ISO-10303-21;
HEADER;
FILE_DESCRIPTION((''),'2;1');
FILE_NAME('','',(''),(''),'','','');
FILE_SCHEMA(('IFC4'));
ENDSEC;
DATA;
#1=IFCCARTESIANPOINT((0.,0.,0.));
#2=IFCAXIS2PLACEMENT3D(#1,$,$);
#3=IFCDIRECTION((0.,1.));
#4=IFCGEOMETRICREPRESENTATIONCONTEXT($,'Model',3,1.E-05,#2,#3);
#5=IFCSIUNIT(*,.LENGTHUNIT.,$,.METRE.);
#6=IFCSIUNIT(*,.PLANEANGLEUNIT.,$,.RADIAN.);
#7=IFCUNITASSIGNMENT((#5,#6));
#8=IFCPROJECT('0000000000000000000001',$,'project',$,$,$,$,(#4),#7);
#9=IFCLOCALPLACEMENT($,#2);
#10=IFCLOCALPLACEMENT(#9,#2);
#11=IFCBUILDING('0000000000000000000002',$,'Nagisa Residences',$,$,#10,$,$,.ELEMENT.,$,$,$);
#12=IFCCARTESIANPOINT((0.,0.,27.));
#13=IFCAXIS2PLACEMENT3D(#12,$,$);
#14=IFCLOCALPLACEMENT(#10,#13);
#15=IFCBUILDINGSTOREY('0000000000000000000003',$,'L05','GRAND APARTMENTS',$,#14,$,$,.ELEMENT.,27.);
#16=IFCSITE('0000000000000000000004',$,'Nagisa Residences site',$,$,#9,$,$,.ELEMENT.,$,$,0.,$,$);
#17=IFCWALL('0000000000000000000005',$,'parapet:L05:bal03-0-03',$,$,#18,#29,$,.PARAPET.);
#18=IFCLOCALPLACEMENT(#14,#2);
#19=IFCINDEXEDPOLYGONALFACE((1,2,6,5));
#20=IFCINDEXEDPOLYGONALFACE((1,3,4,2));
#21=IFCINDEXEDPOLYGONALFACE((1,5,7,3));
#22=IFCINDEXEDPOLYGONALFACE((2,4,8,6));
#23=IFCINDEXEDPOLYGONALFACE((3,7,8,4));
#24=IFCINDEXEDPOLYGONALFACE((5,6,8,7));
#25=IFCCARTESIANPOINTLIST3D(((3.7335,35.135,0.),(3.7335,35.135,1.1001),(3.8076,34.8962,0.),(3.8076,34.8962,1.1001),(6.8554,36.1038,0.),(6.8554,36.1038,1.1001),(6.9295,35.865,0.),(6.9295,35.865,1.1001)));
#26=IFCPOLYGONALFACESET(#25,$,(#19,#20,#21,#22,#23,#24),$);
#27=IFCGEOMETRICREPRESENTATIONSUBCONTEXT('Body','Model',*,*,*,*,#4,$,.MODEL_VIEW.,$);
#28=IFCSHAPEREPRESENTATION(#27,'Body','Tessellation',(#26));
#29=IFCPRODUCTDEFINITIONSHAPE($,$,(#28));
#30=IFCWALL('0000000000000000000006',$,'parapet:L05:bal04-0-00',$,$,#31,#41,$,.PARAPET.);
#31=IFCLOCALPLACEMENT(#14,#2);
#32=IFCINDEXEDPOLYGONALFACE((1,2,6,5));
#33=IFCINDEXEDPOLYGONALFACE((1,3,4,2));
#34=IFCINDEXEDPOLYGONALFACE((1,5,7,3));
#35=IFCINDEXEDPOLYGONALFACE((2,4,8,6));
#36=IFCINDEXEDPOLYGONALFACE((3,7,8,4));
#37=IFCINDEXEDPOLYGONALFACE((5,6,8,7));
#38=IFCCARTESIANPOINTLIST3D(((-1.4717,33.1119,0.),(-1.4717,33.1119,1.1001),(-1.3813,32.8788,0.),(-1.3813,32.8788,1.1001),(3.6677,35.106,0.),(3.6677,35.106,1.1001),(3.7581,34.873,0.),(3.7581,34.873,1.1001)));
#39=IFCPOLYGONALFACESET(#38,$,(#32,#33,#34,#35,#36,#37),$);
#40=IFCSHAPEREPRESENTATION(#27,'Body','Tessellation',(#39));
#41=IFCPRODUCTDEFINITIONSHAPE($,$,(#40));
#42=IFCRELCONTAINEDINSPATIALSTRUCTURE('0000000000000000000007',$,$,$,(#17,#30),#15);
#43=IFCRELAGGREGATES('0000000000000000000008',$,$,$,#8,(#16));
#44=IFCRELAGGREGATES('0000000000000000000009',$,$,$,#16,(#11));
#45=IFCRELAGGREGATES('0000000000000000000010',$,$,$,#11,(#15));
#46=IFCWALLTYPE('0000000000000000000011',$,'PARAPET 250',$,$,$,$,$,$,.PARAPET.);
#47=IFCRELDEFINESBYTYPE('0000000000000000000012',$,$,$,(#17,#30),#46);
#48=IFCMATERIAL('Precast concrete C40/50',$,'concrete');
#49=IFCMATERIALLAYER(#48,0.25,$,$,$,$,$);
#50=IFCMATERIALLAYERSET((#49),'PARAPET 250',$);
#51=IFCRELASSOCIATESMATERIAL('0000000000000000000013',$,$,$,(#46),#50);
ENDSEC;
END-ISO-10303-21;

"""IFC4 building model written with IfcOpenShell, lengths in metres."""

from ifc_helpers import new_model, si_unit, direction, frame, frame_2d, origin, place, context, subcontext, project, spatial, rectangle, extrude, material, layer, layer_set, type_object, element, save


model = new_model("IFC4")

# Units and contexts
model_context = context("Model", 3, precision=1e-05, world=origin(), true_north=direction((0.0, 1.0)))
body_context = subcontext(model_context, "Body", "Model", "MODEL_VIEW")
ifc_project = project(units=[si_unit("LENGTHUNIT", "METRE"), si_unit("PLANEANGLEUNIT", "RADIAN")], contexts=[model_context])

# Site, building, storey
site_placement = place(None, origin())
site = spatial("IfcSite", under=ifc_project, at=site_placement, Name="Nagisa Residences site", CompositionType="ELEMENT", RefElevation=0.0)
building_placement = place(site_placement, origin())
building = spatial("IfcBuilding", under=site, at=building_placement, Name="Nagisa Residences", CompositionType="ELEMENT")
storey_placement = place(building_placement, frame((0.0, 0.0, 27.0)))
storey = spatial("IfcBuildingStorey", under=building, at=storey_placement, Name="L05", Description="GRAND APARTMENTS", CompositionType="ELEMENT", Elevation=27.0)

# Walls
ifc_material_1 = material(Name="Precast concrete C40/50", Category="concrete")
ifc_layer_1 = layer(ifc_material_1, 0.25)
ifc_layer_set_1 = layer_set([ifc_layer_1], Name="PARAPET 250")
wall_type_1 = type_object("IfcWallType", Name="PARAPET 250", PredefinedType="PARAPET", material=ifc_layer_set_1)
wall_1_placement = place(storey_placement, frame((6.8923, 35.9844, 0.0), z_axis=(0.0, 0.0, 1.0), x_axis=(-0.955072, -0.296373, 0.0)))
element("IfcWall", 1, at=wall_1_placement, inside=storey, type_object=wall_type_1, Name="parapet:L05:bal03-0-03", PredefinedType="PARAPET", context=body_context, shape_type="SweptSolid", body=[
    extrude(rectangle(XDim=3.2688, YDim=0.25, at=frame_2d((1.6343, 0.0))), origin(), (0.0, 0.0, 1.0), 1.1001),
])
wall_2_placement = place(storey_placement, frame((3.7129, 34.9895, 0.0), z_axis=(0.0, 0.0, 1.0), x_axis=(-0.932281, -0.361734, 0.0)))
element("IfcWall", 2, at=wall_2_placement, inside=storey, type_object=wall_type_1, Name="parapet:L05:bal04-0-00", PredefinedType="PARAPET", context=body_context, shape_type="SweptSolid", body=[
    extrude(rectangle(XDim=5.5127, YDim=0.25, at=frame_2d((2.7563, 0.0))), origin(), (0.0, 0.0, 1.0), 1.1001),
])

save(model, "model.ifc")
